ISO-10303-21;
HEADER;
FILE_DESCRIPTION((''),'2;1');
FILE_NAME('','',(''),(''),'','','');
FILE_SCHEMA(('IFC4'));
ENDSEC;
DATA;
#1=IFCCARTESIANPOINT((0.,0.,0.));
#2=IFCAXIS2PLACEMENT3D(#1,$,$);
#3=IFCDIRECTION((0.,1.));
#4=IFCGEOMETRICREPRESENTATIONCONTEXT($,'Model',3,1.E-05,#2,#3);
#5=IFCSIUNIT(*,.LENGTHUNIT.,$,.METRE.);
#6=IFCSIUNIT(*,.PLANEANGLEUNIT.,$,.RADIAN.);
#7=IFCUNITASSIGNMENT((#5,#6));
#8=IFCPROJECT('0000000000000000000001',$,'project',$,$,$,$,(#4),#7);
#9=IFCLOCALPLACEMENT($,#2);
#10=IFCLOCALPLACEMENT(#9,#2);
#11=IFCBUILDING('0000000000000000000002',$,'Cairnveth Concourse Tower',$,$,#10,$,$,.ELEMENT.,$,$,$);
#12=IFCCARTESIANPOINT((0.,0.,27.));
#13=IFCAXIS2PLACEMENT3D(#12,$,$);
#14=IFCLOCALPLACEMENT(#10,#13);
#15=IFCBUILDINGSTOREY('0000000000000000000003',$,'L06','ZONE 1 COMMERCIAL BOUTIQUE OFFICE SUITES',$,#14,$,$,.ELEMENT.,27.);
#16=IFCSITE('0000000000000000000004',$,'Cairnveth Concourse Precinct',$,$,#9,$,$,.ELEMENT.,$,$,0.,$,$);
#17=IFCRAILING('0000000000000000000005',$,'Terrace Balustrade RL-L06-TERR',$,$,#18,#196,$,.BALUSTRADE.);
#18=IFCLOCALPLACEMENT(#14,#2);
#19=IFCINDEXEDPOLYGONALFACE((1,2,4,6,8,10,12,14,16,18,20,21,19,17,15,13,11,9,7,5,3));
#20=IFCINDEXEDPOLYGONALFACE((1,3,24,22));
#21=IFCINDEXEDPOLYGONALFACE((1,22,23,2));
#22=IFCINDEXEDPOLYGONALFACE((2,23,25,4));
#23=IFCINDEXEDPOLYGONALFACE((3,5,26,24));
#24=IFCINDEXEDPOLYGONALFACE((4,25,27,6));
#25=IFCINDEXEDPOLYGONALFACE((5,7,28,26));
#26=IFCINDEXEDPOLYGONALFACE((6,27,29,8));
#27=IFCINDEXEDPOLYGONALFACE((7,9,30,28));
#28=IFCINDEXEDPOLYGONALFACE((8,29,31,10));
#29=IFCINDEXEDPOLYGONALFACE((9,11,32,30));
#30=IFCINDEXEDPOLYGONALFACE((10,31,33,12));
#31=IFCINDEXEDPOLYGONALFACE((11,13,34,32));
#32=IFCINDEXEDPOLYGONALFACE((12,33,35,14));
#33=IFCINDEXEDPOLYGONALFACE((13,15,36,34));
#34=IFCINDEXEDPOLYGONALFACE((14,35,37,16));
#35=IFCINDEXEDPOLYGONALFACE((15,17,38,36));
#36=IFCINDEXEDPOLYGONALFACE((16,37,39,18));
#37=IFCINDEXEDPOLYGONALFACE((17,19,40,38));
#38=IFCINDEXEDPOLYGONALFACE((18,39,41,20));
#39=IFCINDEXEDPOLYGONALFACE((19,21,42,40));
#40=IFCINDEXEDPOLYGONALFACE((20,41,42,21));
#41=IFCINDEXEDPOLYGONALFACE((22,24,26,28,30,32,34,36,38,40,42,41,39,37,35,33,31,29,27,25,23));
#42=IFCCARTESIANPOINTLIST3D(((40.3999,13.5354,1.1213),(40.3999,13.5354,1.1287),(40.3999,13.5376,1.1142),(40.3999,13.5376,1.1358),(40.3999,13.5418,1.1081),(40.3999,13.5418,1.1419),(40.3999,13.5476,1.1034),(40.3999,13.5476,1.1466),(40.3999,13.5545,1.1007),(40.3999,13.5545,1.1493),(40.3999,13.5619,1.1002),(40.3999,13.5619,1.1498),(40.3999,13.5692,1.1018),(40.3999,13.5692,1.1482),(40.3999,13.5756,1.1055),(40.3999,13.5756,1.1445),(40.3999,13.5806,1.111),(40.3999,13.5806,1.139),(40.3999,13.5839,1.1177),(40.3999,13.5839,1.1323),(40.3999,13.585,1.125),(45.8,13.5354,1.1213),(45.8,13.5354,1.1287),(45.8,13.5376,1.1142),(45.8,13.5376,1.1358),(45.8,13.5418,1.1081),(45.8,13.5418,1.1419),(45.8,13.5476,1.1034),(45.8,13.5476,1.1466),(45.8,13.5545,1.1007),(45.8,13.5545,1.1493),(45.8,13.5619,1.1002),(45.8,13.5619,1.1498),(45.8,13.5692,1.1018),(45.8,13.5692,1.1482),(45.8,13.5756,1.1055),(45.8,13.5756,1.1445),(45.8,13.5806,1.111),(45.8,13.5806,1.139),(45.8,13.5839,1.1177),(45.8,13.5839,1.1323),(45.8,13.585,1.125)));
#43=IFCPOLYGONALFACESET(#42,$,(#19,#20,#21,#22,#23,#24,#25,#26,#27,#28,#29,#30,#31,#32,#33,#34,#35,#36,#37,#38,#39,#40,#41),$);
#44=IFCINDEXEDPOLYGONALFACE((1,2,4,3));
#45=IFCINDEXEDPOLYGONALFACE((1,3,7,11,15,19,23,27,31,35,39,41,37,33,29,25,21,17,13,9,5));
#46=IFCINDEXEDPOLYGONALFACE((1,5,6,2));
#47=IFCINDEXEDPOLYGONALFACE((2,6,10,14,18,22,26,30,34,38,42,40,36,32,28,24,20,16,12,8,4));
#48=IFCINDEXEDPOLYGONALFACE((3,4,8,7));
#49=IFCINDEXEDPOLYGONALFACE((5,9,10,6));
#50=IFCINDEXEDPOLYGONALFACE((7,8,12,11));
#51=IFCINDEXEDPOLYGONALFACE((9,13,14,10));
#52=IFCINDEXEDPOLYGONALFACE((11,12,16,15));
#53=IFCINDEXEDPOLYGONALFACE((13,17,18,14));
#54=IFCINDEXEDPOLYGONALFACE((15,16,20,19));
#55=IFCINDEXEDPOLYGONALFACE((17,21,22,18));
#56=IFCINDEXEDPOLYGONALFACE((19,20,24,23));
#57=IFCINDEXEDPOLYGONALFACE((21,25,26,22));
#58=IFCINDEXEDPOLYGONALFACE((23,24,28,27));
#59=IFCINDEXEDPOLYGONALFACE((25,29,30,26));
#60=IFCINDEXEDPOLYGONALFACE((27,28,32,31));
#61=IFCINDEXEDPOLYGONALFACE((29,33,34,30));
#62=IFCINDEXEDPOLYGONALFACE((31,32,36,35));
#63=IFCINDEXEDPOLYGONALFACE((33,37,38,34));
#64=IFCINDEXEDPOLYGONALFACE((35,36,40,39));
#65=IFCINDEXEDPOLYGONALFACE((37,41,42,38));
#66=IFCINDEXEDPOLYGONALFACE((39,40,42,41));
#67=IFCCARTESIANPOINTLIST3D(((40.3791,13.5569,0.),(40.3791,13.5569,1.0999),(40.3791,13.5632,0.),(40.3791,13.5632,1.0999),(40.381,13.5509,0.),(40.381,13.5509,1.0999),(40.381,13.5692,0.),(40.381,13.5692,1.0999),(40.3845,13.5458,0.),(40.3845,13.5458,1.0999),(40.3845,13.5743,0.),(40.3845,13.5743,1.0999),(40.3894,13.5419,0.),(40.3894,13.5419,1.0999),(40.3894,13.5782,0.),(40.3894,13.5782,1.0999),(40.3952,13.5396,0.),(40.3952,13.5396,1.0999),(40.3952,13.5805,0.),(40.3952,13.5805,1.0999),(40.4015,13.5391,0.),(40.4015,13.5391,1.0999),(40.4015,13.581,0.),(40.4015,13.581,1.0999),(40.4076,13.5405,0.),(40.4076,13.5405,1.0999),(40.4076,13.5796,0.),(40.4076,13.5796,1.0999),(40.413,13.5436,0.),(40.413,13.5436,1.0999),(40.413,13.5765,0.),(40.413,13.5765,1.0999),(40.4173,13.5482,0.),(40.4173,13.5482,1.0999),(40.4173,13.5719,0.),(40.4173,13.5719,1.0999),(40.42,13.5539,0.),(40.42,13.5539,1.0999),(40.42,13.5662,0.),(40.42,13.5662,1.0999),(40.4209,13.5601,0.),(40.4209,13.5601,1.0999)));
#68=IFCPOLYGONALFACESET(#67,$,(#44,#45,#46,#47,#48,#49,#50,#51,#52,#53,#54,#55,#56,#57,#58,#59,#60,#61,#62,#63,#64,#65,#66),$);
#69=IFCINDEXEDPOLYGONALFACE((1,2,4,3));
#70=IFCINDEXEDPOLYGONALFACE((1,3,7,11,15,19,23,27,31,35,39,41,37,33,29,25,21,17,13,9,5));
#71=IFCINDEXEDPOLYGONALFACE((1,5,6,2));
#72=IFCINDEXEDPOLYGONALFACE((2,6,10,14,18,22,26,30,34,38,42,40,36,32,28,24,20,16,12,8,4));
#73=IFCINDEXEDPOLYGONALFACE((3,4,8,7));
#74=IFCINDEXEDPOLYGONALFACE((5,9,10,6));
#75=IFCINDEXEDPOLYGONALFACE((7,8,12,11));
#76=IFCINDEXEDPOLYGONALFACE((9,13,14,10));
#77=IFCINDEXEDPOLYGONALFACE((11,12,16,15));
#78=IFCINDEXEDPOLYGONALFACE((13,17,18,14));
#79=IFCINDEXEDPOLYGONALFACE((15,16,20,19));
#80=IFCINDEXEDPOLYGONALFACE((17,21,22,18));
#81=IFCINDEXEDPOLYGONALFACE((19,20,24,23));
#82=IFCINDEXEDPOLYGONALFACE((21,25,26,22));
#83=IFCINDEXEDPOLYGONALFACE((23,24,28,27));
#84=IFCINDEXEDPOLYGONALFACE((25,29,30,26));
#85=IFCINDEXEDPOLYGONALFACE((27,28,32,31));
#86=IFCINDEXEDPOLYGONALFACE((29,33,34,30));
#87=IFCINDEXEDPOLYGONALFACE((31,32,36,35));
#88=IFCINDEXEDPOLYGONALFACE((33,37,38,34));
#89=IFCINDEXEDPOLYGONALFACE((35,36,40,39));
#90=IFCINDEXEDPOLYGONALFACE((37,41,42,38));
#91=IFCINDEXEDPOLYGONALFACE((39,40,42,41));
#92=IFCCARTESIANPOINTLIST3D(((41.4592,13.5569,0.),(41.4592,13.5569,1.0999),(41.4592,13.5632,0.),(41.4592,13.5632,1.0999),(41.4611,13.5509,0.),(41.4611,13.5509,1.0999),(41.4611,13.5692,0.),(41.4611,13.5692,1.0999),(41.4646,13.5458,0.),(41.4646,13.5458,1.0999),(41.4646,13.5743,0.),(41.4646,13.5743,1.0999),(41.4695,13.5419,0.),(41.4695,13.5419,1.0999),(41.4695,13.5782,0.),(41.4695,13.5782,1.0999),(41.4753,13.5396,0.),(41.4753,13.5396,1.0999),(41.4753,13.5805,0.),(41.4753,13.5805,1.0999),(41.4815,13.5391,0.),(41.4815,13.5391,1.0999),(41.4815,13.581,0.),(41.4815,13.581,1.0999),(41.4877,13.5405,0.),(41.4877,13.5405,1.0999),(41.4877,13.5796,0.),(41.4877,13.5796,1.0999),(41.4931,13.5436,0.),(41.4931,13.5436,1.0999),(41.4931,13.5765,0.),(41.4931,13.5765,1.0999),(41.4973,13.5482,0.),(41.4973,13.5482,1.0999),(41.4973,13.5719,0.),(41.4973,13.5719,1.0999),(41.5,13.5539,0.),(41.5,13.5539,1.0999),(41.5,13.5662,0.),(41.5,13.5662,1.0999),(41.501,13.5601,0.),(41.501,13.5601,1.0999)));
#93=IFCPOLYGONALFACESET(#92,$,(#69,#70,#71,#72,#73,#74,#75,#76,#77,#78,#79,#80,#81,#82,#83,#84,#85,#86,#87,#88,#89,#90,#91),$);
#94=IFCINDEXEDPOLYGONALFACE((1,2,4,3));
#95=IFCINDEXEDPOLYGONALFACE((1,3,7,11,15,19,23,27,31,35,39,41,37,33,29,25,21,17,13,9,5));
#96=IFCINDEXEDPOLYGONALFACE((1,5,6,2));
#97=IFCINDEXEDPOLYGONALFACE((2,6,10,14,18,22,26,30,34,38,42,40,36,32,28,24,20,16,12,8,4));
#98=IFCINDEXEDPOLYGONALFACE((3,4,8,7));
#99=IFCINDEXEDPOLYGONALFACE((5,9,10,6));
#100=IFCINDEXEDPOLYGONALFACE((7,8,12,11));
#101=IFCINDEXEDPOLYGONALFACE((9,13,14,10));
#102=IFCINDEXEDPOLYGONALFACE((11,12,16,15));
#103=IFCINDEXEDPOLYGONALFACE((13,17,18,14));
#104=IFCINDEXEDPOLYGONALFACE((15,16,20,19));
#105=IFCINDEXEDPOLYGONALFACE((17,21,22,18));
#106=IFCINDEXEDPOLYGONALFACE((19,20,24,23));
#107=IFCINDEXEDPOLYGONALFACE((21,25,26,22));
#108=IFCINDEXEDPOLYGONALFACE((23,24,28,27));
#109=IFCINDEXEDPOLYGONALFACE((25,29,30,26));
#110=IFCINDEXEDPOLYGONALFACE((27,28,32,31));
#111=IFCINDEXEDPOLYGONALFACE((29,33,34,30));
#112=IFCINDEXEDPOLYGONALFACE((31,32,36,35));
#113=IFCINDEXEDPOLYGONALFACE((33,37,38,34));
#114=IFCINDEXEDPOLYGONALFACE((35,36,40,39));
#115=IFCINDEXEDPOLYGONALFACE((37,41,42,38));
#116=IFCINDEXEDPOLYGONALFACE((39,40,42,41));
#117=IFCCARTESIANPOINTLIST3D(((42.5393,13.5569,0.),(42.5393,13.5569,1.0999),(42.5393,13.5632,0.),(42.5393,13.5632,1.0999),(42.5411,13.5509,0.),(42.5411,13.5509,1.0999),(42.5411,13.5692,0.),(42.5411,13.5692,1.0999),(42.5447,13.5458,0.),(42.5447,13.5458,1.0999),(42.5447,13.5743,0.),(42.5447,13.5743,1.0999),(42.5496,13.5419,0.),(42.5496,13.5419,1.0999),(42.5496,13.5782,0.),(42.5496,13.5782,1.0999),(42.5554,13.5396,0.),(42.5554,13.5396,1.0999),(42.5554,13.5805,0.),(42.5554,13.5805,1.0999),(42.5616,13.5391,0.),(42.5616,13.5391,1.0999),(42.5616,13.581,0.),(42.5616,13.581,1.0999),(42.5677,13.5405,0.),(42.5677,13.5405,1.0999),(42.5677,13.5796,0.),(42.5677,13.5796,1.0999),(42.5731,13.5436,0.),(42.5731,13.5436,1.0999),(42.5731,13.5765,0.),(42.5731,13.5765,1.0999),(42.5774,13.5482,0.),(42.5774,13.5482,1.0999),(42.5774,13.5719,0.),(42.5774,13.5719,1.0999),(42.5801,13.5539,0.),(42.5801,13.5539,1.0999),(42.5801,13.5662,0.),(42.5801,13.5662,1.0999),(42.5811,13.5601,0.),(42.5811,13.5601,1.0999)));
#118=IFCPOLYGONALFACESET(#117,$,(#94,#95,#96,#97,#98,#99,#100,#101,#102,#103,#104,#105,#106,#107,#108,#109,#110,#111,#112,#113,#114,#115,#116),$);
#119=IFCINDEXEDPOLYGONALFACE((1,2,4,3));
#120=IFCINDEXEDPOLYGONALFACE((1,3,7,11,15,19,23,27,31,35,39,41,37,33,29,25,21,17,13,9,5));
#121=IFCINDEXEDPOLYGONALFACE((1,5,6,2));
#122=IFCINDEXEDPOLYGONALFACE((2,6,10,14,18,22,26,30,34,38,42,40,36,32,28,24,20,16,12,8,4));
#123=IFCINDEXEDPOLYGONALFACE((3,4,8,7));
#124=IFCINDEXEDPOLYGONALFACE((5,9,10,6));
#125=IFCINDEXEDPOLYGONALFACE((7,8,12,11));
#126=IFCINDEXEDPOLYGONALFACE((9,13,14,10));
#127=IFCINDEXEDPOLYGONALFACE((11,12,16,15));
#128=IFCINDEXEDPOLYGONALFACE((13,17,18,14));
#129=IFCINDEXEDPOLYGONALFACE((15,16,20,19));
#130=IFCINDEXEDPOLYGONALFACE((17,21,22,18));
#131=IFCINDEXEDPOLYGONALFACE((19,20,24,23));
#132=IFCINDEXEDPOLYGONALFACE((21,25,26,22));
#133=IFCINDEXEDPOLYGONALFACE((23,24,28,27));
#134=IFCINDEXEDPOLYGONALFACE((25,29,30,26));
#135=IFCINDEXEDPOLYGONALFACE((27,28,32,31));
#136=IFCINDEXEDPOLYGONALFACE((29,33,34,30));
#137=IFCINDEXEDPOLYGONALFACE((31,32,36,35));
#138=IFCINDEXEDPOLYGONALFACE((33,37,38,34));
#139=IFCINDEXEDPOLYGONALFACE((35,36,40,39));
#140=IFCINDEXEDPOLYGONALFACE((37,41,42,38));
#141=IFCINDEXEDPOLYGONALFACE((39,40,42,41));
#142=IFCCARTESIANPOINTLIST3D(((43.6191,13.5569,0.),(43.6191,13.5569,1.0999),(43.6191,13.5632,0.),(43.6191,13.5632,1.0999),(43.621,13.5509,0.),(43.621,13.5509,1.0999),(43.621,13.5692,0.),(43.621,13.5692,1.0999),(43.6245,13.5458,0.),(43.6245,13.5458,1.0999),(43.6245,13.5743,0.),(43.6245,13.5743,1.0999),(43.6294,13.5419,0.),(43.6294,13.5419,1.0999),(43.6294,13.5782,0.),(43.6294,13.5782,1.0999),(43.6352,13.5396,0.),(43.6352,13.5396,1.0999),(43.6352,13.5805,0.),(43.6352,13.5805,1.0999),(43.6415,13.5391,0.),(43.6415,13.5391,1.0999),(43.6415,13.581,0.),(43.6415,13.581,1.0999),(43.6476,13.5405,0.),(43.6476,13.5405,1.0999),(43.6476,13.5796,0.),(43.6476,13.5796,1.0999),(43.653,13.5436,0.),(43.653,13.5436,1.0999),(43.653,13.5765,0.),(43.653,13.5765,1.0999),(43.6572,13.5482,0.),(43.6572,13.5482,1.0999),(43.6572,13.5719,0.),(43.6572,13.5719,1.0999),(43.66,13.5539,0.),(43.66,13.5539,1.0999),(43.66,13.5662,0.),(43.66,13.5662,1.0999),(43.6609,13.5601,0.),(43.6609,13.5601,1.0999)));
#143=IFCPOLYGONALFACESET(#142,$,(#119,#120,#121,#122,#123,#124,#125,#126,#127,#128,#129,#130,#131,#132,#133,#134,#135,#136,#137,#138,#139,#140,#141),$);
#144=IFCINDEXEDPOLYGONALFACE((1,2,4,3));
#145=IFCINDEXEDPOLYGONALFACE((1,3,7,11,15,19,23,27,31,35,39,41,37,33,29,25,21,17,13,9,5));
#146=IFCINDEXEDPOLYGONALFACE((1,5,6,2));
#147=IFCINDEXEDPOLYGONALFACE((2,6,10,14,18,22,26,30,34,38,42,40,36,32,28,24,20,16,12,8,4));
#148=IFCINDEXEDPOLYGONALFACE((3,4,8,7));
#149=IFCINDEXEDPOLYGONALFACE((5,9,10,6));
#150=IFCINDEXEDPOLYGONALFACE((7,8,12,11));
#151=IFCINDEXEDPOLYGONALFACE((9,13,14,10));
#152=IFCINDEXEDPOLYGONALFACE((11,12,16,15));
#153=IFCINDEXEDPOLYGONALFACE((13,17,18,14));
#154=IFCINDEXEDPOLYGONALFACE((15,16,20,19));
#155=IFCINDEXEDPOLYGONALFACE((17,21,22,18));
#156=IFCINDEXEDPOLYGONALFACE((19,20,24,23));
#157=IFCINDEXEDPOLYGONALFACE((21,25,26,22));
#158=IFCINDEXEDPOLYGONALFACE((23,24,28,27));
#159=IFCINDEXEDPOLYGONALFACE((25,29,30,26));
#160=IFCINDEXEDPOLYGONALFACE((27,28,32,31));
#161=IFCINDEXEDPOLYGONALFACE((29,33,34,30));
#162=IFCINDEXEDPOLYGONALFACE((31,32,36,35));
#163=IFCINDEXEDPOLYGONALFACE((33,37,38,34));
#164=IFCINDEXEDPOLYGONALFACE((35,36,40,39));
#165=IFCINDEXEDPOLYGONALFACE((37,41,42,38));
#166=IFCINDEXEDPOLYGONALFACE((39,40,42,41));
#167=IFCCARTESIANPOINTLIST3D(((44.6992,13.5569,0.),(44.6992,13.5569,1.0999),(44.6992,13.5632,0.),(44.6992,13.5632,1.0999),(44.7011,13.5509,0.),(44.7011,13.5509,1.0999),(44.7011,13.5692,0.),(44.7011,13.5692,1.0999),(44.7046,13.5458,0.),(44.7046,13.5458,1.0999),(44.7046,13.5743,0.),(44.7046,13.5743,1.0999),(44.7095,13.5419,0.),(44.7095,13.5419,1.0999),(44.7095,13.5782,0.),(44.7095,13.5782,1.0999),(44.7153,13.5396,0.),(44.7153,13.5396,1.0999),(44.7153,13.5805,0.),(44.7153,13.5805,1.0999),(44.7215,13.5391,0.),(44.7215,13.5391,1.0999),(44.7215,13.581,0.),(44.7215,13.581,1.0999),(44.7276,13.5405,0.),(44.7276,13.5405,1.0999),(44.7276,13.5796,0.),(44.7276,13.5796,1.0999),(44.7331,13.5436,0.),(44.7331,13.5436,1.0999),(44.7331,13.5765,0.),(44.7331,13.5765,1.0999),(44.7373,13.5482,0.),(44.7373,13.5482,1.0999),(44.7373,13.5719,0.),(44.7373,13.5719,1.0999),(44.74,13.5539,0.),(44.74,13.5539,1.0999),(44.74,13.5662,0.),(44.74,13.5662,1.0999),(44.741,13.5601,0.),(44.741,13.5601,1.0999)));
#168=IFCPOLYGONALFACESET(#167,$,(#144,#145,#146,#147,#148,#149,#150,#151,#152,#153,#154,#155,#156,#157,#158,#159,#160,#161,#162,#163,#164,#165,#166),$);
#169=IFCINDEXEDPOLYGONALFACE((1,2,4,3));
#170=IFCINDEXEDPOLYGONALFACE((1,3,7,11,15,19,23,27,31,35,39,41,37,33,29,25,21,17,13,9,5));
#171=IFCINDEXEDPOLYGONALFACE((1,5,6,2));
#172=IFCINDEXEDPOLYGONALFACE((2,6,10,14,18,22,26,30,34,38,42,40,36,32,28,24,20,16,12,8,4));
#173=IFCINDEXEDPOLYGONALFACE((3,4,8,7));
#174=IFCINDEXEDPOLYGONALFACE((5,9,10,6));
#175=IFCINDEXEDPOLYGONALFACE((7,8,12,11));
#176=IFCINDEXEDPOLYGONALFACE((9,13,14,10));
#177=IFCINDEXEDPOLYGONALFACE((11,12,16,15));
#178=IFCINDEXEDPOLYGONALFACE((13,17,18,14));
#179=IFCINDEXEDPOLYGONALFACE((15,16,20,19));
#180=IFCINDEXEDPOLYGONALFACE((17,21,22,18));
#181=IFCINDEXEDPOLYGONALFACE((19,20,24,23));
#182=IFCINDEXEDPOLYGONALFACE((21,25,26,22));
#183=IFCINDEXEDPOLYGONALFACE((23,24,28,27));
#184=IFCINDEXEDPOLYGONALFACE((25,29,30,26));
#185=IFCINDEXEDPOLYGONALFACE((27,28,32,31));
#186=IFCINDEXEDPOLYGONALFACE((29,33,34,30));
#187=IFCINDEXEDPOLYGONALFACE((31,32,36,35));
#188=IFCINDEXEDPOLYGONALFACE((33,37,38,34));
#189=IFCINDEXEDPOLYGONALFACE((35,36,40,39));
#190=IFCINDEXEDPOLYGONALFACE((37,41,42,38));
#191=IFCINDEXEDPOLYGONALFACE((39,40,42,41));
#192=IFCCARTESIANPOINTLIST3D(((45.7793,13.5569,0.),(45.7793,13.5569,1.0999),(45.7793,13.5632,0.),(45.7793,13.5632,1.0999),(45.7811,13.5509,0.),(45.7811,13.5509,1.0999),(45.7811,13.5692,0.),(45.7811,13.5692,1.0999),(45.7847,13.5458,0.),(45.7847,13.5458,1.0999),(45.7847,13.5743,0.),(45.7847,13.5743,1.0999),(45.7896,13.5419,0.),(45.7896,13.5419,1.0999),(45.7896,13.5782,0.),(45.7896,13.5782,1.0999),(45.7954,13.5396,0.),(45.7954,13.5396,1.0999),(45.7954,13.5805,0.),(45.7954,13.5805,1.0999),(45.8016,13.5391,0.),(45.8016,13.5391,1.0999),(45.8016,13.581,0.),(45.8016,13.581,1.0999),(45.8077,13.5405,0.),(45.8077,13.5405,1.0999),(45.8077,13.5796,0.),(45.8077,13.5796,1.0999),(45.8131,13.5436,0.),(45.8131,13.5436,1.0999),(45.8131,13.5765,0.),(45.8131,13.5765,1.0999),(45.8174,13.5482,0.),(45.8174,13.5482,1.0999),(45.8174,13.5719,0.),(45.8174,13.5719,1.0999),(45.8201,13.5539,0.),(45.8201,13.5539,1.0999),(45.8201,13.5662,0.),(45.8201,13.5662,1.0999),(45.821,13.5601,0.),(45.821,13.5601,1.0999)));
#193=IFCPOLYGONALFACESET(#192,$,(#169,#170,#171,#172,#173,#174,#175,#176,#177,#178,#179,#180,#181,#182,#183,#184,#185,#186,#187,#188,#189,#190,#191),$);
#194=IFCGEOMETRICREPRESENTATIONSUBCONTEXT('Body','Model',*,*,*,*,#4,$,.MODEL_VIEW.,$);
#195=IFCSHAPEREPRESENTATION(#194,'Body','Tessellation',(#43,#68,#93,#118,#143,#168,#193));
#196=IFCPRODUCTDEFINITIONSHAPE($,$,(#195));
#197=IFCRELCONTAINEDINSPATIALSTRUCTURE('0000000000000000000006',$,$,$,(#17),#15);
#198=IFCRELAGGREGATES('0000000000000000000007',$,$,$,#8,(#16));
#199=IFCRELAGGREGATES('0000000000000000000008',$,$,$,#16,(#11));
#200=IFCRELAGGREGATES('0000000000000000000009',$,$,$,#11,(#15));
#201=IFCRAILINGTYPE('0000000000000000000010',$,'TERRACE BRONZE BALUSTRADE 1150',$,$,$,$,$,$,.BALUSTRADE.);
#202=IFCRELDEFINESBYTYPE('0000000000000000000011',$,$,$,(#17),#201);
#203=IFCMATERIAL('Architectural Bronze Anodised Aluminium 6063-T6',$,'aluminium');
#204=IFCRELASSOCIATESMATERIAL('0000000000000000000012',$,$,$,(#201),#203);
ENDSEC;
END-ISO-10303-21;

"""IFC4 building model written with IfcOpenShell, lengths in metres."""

from ifc_helpers import new_model, si_unit, direction, frame, origin, origin_2d, place, context, subcontext, project, spatial, circle, extrude, material, type_object, element, save


model = new_model("IFC4")

# Units and contexts
model_context = context("Model", 3, precision=1e-05, world=origin(), true_north=direction((0.0, 1.0)))
body_context = subcontext(model_context, "Body", "Model", "MODEL_VIEW")
ifc_project = project(units=[si_unit("LENGTHUNIT", "METRE"), si_unit("PLANEANGLEUNIT", "RADIAN")], contexts=[model_context])

# Site, building, storey
site_placement = place(None, origin())
site = spatial("IfcSite", under=ifc_project, at=site_placement, Name="Cairnveth Concourse Precinct", CompositionType="ELEMENT", RefElevation=0.0)
building_placement = place(site_placement, origin())
building = spatial("IfcBuilding", under=site, at=building_placement, Name="Cairnveth Concourse Tower", CompositionType="ELEMENT")
storey_placement = place(building_placement, frame((0.0, 0.0, 27.0)))
storey = spatial("IfcBuildingStorey", under=building, at=storey_placement, Name="L06", Description="ZONE 1 COMMERCIAL BOUTIQUE OFFICE SUITES", CompositionType="ELEMENT", Elevation=27.0)

# Shared definitions
ifc_material_1 = material(Name="Architectural Bronze Anodised Aluminium 6063-T6", Category="aluminium")

# Railing
railing_type = type_object("IfcRailingType", Name="TERRACE BRONZE BALUSTRADE 1150", PredefinedType="BALUSTRADE", material=ifc_material_1)
railing_placement = place(storey_placement, frame((40.3999, 13.5601, 0.0)))
element("IfcRailing", 1, at=railing_placement, inside=storey, type_object=railing_type, Name="Terrace Balustrade RL-L06-TERR", PredefinedType="BALUSTRADE", context=body_context, shape_type="SweptSolid", body=[
    extrude(circle(Radius=0.0249, at=origin_2d()), frame((0.0, 0.0, 1.125), z_axis=(1.0, 0.0, 0.0), x_axis=(0.0, 1.0, 0.0)), (0.0, 0.0, 1.0), 5.4001),
    extrude(circle(Radius=0.021, at=origin_2d()), origin(), (0.0, 0.0, 1.0), 1.0999),
    extrude(circle(Radius=0.021, at=origin_2d()), frame((1.0801, 0.0, 0.0)), (0.0, 0.0, 1.0), 1.0999),
    extrude(circle(Radius=0.021, at=origin_2d()), frame((2.1602, 0.0, 0.0)), (0.0, 0.0, 1.0), 1.0999),
    extrude(circle(Radius=0.021, at=origin_2d()), frame((3.24, 0.0, 0.0)), (0.0, 0.0, 1.0), 1.0999),
    extrude(circle(Radius=0.021, at=origin_2d()), frame((4.3201, 0.0, 0.0)), (0.0, 0.0, 1.0), 1.0999),
    extrude(circle(Radius=0.021, at=origin_2d()), frame((5.4001, 0.0, 0.0)), (0.0, 0.0, 1.0), 1.0999),
])

save(model, "model.ifc")
